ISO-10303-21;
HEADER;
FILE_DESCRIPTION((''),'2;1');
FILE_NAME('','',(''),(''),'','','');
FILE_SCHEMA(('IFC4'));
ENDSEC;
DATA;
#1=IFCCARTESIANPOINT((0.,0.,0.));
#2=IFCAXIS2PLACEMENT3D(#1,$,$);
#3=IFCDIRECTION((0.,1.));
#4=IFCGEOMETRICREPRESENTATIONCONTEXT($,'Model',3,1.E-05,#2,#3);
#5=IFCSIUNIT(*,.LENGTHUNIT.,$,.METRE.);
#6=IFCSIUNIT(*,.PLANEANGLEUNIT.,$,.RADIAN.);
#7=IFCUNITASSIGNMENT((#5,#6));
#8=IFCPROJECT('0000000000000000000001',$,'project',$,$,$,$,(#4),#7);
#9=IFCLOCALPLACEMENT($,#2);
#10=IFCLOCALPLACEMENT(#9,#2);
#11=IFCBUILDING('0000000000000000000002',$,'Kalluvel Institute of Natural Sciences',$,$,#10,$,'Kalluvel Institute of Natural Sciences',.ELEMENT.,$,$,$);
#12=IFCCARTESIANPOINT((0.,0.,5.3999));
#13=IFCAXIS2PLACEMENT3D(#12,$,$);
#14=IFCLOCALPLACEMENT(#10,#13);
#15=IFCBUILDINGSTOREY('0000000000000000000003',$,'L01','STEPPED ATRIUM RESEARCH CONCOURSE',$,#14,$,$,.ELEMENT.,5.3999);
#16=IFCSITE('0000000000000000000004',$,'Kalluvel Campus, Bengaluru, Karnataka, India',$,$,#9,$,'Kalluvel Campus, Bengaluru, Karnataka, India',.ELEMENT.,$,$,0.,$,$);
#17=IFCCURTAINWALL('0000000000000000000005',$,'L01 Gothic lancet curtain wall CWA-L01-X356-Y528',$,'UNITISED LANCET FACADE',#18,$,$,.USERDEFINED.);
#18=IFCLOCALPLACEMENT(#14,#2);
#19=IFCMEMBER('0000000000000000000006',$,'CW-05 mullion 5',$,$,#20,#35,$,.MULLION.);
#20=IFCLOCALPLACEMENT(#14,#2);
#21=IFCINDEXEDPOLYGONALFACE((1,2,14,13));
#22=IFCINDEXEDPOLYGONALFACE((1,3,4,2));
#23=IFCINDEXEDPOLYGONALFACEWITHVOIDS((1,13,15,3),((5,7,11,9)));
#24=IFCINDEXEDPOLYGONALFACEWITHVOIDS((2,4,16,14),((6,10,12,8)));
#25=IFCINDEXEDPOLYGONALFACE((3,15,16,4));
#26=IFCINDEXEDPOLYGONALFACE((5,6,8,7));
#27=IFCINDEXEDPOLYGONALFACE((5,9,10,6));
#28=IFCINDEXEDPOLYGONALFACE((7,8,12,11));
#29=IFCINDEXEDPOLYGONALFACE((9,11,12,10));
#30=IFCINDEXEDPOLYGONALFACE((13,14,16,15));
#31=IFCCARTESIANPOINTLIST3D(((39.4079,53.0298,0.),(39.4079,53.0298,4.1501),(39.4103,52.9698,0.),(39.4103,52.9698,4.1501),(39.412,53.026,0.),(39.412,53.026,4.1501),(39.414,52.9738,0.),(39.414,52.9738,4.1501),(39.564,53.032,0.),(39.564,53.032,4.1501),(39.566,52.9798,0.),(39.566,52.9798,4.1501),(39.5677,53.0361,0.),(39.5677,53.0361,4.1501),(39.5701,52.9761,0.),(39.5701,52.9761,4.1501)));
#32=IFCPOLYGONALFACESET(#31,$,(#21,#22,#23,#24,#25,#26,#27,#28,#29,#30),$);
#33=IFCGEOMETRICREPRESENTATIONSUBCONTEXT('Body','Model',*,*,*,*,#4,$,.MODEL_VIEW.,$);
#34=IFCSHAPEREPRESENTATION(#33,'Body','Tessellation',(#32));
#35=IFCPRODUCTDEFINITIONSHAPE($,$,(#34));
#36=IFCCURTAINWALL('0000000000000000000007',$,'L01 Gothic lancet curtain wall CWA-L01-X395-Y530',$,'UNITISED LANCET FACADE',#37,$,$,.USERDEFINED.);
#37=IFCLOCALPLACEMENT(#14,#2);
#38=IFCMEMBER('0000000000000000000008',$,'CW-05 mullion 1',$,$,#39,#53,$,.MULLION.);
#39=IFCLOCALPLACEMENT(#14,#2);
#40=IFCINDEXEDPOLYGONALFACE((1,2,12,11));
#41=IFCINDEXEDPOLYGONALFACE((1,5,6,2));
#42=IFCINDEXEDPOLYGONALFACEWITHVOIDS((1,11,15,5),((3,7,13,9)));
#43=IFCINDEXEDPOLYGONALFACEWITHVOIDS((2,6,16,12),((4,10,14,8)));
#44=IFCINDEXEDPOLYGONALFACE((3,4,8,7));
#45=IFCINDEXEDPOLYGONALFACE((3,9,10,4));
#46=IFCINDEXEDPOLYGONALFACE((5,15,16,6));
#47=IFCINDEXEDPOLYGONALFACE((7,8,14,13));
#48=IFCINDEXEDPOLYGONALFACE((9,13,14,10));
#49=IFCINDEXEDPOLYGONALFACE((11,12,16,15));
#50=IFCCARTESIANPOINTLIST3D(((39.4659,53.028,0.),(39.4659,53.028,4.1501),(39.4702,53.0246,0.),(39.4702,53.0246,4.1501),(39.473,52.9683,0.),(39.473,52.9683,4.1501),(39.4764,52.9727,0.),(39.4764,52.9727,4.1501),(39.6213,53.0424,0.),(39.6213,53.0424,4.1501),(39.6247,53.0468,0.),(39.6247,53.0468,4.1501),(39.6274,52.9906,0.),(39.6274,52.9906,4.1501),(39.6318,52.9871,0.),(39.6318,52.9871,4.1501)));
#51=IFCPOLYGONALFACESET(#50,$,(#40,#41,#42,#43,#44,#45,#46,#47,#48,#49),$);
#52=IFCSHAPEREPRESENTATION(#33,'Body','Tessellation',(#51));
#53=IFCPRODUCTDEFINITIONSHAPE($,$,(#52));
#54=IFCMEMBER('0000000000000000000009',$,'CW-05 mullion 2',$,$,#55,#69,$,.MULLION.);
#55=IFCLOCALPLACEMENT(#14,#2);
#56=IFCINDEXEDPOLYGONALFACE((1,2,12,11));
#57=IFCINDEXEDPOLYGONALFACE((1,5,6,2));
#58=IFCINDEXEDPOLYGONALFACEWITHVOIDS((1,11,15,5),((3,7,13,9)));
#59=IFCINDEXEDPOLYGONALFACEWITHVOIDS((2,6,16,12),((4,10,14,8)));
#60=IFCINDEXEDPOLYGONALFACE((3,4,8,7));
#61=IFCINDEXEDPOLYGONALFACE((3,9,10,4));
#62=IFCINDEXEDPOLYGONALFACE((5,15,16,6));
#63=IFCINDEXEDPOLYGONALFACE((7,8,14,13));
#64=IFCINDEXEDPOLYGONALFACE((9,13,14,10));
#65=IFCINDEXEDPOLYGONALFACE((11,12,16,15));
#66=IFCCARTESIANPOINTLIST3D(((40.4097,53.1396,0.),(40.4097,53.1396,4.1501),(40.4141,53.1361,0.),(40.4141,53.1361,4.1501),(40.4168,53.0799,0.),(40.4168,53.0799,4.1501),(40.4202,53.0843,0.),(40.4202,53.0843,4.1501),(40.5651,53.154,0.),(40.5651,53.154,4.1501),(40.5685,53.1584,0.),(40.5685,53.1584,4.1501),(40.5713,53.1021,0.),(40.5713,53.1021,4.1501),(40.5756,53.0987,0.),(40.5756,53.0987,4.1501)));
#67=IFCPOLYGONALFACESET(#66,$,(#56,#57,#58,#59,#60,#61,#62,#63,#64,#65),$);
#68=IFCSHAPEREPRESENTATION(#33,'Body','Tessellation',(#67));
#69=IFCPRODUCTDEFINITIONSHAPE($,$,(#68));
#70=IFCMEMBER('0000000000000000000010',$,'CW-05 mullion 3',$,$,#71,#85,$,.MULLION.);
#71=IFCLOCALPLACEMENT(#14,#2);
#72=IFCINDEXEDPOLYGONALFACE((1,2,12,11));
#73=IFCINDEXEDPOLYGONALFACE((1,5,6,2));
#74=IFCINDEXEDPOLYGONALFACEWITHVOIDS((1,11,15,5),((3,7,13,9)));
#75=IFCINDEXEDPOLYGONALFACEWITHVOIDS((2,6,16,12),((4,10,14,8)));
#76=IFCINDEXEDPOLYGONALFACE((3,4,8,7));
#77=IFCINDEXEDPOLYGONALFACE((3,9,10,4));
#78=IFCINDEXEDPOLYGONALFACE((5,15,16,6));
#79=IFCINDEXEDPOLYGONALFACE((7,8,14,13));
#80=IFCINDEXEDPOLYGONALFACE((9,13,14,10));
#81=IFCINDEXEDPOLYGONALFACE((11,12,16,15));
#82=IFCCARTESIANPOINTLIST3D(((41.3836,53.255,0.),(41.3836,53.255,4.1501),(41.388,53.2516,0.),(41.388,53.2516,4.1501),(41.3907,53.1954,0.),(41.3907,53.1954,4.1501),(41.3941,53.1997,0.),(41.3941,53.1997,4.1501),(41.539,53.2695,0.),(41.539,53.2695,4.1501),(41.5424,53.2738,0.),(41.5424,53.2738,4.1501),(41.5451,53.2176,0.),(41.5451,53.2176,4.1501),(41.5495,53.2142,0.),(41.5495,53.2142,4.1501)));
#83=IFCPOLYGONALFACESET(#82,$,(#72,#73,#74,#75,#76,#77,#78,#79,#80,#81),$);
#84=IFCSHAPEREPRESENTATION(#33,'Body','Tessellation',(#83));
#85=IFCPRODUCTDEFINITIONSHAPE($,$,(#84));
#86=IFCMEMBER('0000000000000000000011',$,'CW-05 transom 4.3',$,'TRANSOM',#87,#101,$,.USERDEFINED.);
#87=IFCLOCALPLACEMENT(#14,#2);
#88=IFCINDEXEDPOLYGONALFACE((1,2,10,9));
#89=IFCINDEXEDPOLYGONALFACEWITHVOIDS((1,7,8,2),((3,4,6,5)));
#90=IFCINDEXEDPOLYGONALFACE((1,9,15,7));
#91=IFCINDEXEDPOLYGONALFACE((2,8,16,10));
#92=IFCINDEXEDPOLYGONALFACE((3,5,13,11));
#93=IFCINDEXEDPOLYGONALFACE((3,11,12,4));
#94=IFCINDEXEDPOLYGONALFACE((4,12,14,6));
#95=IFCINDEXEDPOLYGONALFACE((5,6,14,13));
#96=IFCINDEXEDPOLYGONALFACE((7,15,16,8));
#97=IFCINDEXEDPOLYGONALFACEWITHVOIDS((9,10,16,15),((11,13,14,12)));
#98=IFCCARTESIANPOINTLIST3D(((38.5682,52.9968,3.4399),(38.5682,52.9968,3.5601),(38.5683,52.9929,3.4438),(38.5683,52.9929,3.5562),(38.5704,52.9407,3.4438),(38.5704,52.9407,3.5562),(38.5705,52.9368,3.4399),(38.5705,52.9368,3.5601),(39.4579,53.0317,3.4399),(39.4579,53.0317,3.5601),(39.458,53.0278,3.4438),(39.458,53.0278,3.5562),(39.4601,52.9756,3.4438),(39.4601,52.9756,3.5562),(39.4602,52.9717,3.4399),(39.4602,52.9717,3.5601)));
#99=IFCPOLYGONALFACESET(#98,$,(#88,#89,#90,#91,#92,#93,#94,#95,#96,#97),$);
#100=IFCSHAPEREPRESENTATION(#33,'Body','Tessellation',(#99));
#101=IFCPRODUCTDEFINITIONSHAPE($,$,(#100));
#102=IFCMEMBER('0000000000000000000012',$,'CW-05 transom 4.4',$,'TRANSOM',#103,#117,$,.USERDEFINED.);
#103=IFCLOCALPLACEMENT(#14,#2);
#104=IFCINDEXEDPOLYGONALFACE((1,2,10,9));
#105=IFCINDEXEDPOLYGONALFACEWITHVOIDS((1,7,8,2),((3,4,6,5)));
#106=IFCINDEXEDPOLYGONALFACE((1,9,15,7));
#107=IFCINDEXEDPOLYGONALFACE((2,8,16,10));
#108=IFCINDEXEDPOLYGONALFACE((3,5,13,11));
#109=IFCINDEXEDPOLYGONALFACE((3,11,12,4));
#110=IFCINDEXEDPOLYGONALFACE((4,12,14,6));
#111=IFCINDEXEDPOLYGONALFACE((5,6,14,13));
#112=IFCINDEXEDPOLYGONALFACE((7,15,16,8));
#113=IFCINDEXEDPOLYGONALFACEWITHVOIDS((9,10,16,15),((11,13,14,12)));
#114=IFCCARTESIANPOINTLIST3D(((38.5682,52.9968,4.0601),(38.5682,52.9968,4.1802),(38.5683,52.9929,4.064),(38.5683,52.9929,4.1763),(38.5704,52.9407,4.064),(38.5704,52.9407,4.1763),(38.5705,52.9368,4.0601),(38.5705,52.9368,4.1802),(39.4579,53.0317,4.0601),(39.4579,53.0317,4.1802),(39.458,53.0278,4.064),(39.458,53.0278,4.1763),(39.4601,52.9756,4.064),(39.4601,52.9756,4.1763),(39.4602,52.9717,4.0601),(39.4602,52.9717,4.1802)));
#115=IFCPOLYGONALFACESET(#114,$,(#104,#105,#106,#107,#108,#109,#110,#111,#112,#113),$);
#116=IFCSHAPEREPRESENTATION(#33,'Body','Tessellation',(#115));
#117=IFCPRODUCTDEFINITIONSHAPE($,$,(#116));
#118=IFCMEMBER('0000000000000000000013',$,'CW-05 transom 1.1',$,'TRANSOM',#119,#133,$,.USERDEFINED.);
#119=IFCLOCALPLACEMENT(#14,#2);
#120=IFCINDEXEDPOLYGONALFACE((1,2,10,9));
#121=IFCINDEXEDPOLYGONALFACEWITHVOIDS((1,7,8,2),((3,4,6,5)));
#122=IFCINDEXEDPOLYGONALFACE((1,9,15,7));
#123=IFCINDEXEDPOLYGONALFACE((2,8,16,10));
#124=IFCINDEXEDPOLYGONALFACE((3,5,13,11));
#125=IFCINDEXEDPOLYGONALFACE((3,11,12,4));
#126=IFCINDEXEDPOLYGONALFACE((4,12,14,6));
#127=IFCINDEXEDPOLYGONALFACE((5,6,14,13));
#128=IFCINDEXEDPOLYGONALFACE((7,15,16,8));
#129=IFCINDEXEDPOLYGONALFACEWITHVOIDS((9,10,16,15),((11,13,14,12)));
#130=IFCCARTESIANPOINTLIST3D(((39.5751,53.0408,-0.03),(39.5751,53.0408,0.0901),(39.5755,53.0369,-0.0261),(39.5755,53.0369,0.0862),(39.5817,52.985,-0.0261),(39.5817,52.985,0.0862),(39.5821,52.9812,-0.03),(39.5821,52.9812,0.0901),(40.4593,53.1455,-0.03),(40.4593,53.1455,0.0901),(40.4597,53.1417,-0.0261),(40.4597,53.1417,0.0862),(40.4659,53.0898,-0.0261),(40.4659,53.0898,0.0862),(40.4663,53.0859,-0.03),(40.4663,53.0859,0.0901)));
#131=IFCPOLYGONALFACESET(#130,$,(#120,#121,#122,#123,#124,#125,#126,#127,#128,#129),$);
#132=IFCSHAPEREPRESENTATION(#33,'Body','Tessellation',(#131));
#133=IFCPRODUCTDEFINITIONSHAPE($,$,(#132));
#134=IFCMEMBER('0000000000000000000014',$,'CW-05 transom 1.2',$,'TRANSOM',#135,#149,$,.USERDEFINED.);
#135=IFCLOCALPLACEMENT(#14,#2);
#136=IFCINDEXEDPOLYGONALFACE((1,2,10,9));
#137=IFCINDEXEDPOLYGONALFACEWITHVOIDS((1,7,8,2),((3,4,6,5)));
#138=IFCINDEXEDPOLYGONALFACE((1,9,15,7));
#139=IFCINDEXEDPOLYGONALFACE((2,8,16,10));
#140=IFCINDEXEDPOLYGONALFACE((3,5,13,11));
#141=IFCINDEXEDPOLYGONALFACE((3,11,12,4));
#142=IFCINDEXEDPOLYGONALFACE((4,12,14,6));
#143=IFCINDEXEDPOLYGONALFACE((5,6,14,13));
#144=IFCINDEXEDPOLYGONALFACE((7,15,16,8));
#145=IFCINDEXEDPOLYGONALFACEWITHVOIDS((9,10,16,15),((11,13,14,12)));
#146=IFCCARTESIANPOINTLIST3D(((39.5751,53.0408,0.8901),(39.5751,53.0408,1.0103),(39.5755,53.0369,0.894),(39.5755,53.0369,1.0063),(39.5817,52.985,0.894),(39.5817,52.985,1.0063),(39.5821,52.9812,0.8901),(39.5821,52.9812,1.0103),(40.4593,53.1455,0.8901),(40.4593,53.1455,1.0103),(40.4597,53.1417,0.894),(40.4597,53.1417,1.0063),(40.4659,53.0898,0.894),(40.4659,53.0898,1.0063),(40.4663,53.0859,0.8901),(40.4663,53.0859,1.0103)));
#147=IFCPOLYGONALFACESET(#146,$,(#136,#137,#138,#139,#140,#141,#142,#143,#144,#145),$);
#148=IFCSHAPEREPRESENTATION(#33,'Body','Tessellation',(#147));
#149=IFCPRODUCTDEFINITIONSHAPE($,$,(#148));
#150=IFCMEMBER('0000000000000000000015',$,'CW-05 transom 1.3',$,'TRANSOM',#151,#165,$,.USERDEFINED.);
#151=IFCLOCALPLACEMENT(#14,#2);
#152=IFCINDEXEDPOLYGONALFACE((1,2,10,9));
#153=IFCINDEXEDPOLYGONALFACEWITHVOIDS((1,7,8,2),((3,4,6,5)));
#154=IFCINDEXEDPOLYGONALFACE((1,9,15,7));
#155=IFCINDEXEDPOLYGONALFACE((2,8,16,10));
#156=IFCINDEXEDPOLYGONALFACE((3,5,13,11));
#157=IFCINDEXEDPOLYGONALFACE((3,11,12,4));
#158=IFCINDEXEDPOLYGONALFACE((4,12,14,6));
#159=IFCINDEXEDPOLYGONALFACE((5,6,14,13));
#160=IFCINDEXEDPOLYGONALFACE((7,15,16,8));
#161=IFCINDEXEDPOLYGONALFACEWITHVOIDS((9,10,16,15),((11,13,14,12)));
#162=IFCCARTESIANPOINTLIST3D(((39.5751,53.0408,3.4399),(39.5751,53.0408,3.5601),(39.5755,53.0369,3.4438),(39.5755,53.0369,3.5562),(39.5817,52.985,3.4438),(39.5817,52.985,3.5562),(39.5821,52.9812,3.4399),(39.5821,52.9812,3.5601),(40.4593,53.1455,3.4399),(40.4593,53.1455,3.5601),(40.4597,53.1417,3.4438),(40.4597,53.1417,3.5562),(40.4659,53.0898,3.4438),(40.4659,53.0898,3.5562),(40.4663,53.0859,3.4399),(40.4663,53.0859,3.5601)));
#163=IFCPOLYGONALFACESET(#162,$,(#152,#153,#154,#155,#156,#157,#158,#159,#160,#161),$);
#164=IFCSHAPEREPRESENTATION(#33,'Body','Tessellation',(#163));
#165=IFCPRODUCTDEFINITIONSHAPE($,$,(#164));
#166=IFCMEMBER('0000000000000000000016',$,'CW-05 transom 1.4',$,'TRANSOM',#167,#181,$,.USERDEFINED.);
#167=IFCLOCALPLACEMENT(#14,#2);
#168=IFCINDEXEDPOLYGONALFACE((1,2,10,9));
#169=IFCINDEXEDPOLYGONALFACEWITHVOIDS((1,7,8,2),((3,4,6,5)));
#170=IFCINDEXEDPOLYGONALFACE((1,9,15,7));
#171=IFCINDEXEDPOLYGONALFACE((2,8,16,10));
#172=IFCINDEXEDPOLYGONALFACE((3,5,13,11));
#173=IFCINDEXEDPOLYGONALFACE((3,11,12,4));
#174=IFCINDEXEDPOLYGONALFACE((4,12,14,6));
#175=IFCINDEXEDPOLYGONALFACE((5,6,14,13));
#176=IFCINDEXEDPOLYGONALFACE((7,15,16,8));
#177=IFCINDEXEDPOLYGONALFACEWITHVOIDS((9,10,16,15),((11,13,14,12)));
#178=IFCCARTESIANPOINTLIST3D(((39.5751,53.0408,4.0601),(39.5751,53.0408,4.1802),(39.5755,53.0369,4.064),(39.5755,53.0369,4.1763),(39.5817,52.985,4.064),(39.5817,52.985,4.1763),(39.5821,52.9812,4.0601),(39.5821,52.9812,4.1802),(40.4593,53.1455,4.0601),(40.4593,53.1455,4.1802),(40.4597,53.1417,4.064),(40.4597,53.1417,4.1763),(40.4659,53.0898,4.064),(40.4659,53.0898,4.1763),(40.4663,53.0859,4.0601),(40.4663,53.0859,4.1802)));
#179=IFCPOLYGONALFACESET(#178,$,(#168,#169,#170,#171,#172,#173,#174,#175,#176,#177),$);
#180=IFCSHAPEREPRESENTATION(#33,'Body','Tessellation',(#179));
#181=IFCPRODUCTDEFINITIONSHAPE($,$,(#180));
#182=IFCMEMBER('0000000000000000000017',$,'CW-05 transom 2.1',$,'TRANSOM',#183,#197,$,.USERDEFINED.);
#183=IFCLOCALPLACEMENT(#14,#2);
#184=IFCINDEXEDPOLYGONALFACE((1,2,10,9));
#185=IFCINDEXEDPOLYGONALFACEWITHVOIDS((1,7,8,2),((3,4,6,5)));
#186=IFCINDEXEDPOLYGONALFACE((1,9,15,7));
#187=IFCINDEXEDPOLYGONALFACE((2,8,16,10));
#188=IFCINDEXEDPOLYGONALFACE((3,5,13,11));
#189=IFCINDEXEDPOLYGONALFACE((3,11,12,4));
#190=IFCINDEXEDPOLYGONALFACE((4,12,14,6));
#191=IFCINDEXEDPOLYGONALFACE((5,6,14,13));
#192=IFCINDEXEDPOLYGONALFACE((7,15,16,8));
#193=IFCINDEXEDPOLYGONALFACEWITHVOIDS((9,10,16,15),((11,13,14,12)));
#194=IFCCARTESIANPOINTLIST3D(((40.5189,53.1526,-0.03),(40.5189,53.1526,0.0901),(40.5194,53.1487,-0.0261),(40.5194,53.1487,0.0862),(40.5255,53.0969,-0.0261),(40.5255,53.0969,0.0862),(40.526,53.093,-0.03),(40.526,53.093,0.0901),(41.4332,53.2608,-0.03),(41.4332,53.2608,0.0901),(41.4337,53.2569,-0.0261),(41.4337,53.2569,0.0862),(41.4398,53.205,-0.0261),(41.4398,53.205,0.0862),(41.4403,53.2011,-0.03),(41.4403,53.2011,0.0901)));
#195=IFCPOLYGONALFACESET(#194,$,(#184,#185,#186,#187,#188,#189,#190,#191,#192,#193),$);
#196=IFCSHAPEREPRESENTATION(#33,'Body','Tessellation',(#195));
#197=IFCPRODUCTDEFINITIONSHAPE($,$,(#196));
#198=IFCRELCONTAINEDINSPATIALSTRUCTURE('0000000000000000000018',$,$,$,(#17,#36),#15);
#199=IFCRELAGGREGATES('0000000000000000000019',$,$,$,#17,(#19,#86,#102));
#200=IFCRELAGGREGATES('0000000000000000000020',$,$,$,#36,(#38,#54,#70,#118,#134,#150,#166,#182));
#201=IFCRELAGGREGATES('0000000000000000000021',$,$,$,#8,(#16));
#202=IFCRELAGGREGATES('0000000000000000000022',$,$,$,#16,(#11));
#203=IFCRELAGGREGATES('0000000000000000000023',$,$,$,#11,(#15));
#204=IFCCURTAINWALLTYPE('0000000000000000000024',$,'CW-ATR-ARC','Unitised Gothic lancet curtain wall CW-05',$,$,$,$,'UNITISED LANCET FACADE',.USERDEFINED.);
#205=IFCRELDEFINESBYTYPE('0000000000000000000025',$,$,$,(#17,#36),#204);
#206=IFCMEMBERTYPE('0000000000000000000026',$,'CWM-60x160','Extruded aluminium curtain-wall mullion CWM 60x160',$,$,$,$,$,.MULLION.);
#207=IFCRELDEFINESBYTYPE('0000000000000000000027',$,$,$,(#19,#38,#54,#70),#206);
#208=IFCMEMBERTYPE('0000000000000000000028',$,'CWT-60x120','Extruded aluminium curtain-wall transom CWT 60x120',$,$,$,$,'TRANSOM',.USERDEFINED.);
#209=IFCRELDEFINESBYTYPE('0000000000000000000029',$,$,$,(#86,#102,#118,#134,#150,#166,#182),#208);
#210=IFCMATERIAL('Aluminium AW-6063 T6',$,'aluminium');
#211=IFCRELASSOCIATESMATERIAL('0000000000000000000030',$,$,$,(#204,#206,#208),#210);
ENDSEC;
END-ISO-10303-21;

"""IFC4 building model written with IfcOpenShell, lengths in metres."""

from ifc_helpers import new_model, si_unit, direction, frame, origin, origin_2d, place, context, subcontext, project, spatial, hollow_rectangle, extrude, material, material_profile, profile_set, type_object, element, aggregate, save


model = new_model("IFC4")

# Units and contexts
model_context = context("Model", 3, precision=1e-05, world=origin(), true_north=direction((0.0, 1.0)))
body_context = subcontext(model_context, "Body", "Model", "MODEL_VIEW")
ifc_project = project(units=[si_unit("LENGTHUNIT", "METRE"), si_unit("PLANEANGLEUNIT", "RADIAN")], contexts=[model_context])

# Site, building, storey
site_placement = place(None, origin())
site = spatial("IfcSite", under=ifc_project, at=site_placement, Name="Kalluvel Campus, Bengaluru, Karnataka, India", LongName="Kalluvel Campus, Bengaluru, Karnataka, India", CompositionType="ELEMENT", RefElevation=0.0)
building_placement = place(site_placement, origin())
building = spatial("IfcBuilding", under=site, at=building_placement, Name="Kalluvel Institute of Natural Sciences", LongName="Kalluvel Institute of Natural Sciences", CompositionType="ELEMENT")
storey_placement = place(building_placement, frame((0.0, 0.0, 5.3999)))
storey = spatial("IfcBuildingStorey", under=building, at=storey_placement, Name="L01", Description="STEPPED ATRIUM RESEARCH CONCOURSE", CompositionType="ELEMENT", Elevation=5.3999)

# Curtain wall, member
ifc_material_1 = material(Name="Aluminium AW-6063 T6", Category="aluminium")
curtain_wall_type = type_object("IfcCurtainWallType", Name="CW-ATR-ARC", Description="Unitised Gothic lancet curtain wall CW-05", ElementType="UNITISED LANCET FACADE", PredefinedType="USERDEFINED", material=ifc_material_1)
curtain_wall_1_placement = place(storey_placement, origin())
curtain_wall_1 = element("IfcCurtainWall", 1, at=curtain_wall_1_placement, inside=storey, type_object=curtain_wall_type, Name="L01 Gothic lancet curtain wall CWA-L01-X356-Y528", ObjectType="UNITISED LANCET FACADE", PredefinedType="USERDEFINED")
ifc_material_profile_1 = material_profile(ifc_material_1, hollow_rectangle(XDim=0.0601, YDim=0.1599, WallThickness=0.0039, at=origin_2d()), Name="CWM 60x160")
ifc_profile_set_1 = profile_set([ifc_material_profile_1], Name="Aluminium AW-6063 T6")
member_type_1 = type_object("IfcMemberType", Name="CWM-60x160", Description="Extruded aluminium curtain-wall mullion CWM 60x160", PredefinedType="MULLION", material=ifc_profile_set_1)
member_1_placement = place(storey_placement, frame((39.489, 53.0029, 0.0), z_axis=(0.0, 0.0, 1.0), x_axis=(-0.039265, 0.999229, 0.0)))
member_1 = element("IfcMember", 2, at=member_1_placement, type_object=member_type_1, Name="CW-05 mullion 5", PredefinedType="MULLION", context=body_context, shape_type="SweptSolid", body=[
    extrude(hollow_rectangle(XDim=0.0601, YDim=0.1599, WallThickness=0.0039, at=origin_2d()), origin(), (0.0, 0.0, 1.0), 4.1501),
])

# Curtain wall, members
curtain_wall_2_placement = place(storey_placement, origin())
curtain_wall_2 = element("IfcCurtainWall", 3, at=curtain_wall_2_placement, inside=storey, type_object=curtain_wall_type, Name="L01 Gothic lancet curtain wall CWA-L01-X395-Y530", ObjectType="UNITISED LANCET FACADE", PredefinedType="USERDEFINED")
member_2_placement = place(storey_placement, frame((39.5488, 53.0076, 0.0), z_axis=(0.0, 0.0, 1.0), x_axis=(-0.117539, 0.993068, 0.0)))
member_2 = element("IfcMember", 4, at=member_2_placement, type_object=member_type_1, Name="CW-05 mullion 1", PredefinedType="MULLION", context=body_context, shape_type="SweptSolid", body=[
    extrude(hollow_rectangle(XDim=0.0601, YDim=0.1599, WallThickness=0.0039, at=origin_2d()), origin(), (0.0, 0.0, 1.0), 4.1501),
])
member_3_placement = place(storey_placement, frame((40.4927, 53.1191, 0.0), z_axis=(0.0, 0.0, 1.0), x_axis=(-0.117539, 0.993068, 0.0)))
member_3 = element("IfcMember", 5, at=member_3_placement, type_object=member_type_1, Name="CW-05 mullion 2", PredefinedType="MULLION", context=body_context, shape_type="SweptSolid", body=[
    extrude(hollow_rectangle(XDim=0.0601, YDim=0.1599, WallThickness=0.0039, at=origin_2d()), origin(), (0.0, 0.0, 1.0), 4.1501),
])
member_4_placement = place(storey_placement, frame((41.4666, 53.2346, 0.0), z_axis=(0.0, 0.0, 1.0), x_axis=(-0.117539, 0.993068, 0.0)))
member_4 = element("IfcMember", 6, at=member_4_placement, type_object=member_type_1, Name="CW-05 mullion 3", PredefinedType="MULLION", context=body_context, shape_type="SweptSolid", body=[
    extrude(hollow_rectangle(XDim=0.0601, YDim=0.1599, WallThickness=0.0039, at=origin_2d()), origin(), (0.0, 0.0, 1.0), 4.1501),
])

# Members
ifc_material_profile_2 = material_profile(ifc_material_1, hollow_rectangle(XDim=0.0601, YDim=0.1201, WallThickness=0.0039, at=origin_2d()), Name="CWT 60x120")
ifc_profile_set_2 = profile_set([ifc_material_profile_2], Name="Aluminium AW-6063 T6")
member_type_2 = type_object("IfcMemberType", Name="CWT-60x120", Description="Extruded aluminium curtain-wall transom CWT 60x120", ElementType="TRANSOM", PredefinedType="USERDEFINED", material=ifc_profile_set_2)
member_5_placement = place(storey_placement, frame((38.5693, 52.9668, 3.5), z_axis=(0.999231, 0.039212, 0.0), x_axis=(-0.039212, 0.999231, 0.0)))
member_5 = element("IfcMember", 7, at=member_5_placement, type_object=member_type_2, Name="CW-05 transom 4.3", ObjectType="TRANSOM", PredefinedType="USERDEFINED", context=body_context, shape_type="SweptSolid", body=[
    extrude(hollow_rectangle(XDim=0.0601, YDim=0.1201, WallThickness=0.0039, at=origin_2d()), origin(), (0.0, 0.0, 1.0), 0.8904),
])
member_6_placement = place(storey_placement, frame((38.5693, 52.9668, 4.1201), z_axis=(0.999231, 0.039212, 0.0), x_axis=(-0.039212, 0.999231, 0.0)))
member_6 = element("IfcMember", 8, at=member_6_placement, type_object=member_type_2, Name="CW-05 transom 4.4", ObjectType="TRANSOM", PredefinedType="USERDEFINED", context=body_context, shape_type="SweptSolid", body=[
    extrude(hollow_rectangle(XDim=0.0601, YDim=0.1201, WallThickness=0.0039, at=origin_2d()), origin(), (0.0, 0.0, 1.0), 0.8904),
])
member_7_placement = place(storey_placement, frame((39.5786, 53.011, 0.03), z_axis=(0.993059, 0.117621, 0.0), x_axis=(-0.117621, 0.993059, 0.0)))
member_7 = element("IfcMember", 9, at=member_7_placement, type_object=member_type_2, Name="CW-05 transom 1.1", ObjectType="TRANSOM", PredefinedType="USERDEFINED", context=body_context, shape_type="SweptSolid", body=[
    extrude(hollow_rectangle(XDim=0.0601, YDim=0.1201, WallThickness=0.0039, at=origin_2d()), origin(), (0.0, 0.0, 1.0), 0.8904),
])
member_8_placement = place(storey_placement, frame((39.5786, 53.011, 0.9502), z_axis=(0.993059, 0.117621, 0.0), x_axis=(-0.117621, 0.993059, 0.0)))
member_8 = element("IfcMember", 10, at=member_8_placement, type_object=member_type_2, Name="CW-05 transom 1.2", ObjectType="TRANSOM", PredefinedType="USERDEFINED", context=body_context, shape_type="SweptSolid", body=[
    extrude(hollow_rectangle(XDim=0.0601, YDim=0.1201, WallThickness=0.0039, at=origin_2d()), origin(), (0.0, 0.0, 1.0), 0.8904),
])
member_9_placement = place(storey_placement, frame((39.5786, 53.011, 3.5), z_axis=(0.993059, 0.117621, 0.0), x_axis=(-0.117621, 0.993059, 0.0)))
member_9 = element("IfcMember", 11, at=member_9_placement, type_object=member_type_2, Name="CW-05 transom 1.3", ObjectType="TRANSOM", PredefinedType="USERDEFINED", context=body_context, shape_type="SweptSolid", body=[
    extrude(hollow_rectangle(XDim=0.0601, YDim=0.1201, WallThickness=0.0039, at=origin_2d()), origin(), (0.0, 0.0, 1.0), 0.8904),
])
member_10_placement = place(storey_placement, frame((39.5786, 53.011, 4.1201), z_axis=(0.993059, 0.117621, 0.0), x_axis=(-0.117621, 0.993059, 0.0)))
member_10 = element("IfcMember", 12, at=member_10_placement, type_object=member_type_2, Name="CW-05 transom 1.4", ObjectType="TRANSOM", PredefinedType="USERDEFINED", context=body_context, shape_type="SweptSolid", body=[
    extrude(hollow_rectangle(XDim=0.0601, YDim=0.1201, WallThickness=0.0039, at=origin_2d()), origin(), (0.0, 0.0, 1.0), 0.8904),
])
member_11_placement = place(storey_placement, frame((40.5225, 53.1228, 0.03), z_axis=(0.993076, 0.117472, 0.0), x_axis=(-0.117472, 0.993076, 0.0)))
member_11 = element("IfcMember", 13, at=member_11_placement, type_object=member_type_2, Name="CW-05 transom 2.1", ObjectType="TRANSOM", PredefinedType="USERDEFINED", context=body_context, shape_type="SweptSolid", body=[
    extrude(hollow_rectangle(XDim=0.0601, YDim=0.1201, WallThickness=0.0039, at=origin_2d()), origin(), (0.0, 0.0, 1.0), 0.9207),
])

aggregate(curtain_wall_1, [member_1, member_5, member_6])
aggregate(curtain_wall_2, [member_2, member_3, member_4, member_7, member_8, member_9, member_10, member_11])

save(model, "model.ifc")
